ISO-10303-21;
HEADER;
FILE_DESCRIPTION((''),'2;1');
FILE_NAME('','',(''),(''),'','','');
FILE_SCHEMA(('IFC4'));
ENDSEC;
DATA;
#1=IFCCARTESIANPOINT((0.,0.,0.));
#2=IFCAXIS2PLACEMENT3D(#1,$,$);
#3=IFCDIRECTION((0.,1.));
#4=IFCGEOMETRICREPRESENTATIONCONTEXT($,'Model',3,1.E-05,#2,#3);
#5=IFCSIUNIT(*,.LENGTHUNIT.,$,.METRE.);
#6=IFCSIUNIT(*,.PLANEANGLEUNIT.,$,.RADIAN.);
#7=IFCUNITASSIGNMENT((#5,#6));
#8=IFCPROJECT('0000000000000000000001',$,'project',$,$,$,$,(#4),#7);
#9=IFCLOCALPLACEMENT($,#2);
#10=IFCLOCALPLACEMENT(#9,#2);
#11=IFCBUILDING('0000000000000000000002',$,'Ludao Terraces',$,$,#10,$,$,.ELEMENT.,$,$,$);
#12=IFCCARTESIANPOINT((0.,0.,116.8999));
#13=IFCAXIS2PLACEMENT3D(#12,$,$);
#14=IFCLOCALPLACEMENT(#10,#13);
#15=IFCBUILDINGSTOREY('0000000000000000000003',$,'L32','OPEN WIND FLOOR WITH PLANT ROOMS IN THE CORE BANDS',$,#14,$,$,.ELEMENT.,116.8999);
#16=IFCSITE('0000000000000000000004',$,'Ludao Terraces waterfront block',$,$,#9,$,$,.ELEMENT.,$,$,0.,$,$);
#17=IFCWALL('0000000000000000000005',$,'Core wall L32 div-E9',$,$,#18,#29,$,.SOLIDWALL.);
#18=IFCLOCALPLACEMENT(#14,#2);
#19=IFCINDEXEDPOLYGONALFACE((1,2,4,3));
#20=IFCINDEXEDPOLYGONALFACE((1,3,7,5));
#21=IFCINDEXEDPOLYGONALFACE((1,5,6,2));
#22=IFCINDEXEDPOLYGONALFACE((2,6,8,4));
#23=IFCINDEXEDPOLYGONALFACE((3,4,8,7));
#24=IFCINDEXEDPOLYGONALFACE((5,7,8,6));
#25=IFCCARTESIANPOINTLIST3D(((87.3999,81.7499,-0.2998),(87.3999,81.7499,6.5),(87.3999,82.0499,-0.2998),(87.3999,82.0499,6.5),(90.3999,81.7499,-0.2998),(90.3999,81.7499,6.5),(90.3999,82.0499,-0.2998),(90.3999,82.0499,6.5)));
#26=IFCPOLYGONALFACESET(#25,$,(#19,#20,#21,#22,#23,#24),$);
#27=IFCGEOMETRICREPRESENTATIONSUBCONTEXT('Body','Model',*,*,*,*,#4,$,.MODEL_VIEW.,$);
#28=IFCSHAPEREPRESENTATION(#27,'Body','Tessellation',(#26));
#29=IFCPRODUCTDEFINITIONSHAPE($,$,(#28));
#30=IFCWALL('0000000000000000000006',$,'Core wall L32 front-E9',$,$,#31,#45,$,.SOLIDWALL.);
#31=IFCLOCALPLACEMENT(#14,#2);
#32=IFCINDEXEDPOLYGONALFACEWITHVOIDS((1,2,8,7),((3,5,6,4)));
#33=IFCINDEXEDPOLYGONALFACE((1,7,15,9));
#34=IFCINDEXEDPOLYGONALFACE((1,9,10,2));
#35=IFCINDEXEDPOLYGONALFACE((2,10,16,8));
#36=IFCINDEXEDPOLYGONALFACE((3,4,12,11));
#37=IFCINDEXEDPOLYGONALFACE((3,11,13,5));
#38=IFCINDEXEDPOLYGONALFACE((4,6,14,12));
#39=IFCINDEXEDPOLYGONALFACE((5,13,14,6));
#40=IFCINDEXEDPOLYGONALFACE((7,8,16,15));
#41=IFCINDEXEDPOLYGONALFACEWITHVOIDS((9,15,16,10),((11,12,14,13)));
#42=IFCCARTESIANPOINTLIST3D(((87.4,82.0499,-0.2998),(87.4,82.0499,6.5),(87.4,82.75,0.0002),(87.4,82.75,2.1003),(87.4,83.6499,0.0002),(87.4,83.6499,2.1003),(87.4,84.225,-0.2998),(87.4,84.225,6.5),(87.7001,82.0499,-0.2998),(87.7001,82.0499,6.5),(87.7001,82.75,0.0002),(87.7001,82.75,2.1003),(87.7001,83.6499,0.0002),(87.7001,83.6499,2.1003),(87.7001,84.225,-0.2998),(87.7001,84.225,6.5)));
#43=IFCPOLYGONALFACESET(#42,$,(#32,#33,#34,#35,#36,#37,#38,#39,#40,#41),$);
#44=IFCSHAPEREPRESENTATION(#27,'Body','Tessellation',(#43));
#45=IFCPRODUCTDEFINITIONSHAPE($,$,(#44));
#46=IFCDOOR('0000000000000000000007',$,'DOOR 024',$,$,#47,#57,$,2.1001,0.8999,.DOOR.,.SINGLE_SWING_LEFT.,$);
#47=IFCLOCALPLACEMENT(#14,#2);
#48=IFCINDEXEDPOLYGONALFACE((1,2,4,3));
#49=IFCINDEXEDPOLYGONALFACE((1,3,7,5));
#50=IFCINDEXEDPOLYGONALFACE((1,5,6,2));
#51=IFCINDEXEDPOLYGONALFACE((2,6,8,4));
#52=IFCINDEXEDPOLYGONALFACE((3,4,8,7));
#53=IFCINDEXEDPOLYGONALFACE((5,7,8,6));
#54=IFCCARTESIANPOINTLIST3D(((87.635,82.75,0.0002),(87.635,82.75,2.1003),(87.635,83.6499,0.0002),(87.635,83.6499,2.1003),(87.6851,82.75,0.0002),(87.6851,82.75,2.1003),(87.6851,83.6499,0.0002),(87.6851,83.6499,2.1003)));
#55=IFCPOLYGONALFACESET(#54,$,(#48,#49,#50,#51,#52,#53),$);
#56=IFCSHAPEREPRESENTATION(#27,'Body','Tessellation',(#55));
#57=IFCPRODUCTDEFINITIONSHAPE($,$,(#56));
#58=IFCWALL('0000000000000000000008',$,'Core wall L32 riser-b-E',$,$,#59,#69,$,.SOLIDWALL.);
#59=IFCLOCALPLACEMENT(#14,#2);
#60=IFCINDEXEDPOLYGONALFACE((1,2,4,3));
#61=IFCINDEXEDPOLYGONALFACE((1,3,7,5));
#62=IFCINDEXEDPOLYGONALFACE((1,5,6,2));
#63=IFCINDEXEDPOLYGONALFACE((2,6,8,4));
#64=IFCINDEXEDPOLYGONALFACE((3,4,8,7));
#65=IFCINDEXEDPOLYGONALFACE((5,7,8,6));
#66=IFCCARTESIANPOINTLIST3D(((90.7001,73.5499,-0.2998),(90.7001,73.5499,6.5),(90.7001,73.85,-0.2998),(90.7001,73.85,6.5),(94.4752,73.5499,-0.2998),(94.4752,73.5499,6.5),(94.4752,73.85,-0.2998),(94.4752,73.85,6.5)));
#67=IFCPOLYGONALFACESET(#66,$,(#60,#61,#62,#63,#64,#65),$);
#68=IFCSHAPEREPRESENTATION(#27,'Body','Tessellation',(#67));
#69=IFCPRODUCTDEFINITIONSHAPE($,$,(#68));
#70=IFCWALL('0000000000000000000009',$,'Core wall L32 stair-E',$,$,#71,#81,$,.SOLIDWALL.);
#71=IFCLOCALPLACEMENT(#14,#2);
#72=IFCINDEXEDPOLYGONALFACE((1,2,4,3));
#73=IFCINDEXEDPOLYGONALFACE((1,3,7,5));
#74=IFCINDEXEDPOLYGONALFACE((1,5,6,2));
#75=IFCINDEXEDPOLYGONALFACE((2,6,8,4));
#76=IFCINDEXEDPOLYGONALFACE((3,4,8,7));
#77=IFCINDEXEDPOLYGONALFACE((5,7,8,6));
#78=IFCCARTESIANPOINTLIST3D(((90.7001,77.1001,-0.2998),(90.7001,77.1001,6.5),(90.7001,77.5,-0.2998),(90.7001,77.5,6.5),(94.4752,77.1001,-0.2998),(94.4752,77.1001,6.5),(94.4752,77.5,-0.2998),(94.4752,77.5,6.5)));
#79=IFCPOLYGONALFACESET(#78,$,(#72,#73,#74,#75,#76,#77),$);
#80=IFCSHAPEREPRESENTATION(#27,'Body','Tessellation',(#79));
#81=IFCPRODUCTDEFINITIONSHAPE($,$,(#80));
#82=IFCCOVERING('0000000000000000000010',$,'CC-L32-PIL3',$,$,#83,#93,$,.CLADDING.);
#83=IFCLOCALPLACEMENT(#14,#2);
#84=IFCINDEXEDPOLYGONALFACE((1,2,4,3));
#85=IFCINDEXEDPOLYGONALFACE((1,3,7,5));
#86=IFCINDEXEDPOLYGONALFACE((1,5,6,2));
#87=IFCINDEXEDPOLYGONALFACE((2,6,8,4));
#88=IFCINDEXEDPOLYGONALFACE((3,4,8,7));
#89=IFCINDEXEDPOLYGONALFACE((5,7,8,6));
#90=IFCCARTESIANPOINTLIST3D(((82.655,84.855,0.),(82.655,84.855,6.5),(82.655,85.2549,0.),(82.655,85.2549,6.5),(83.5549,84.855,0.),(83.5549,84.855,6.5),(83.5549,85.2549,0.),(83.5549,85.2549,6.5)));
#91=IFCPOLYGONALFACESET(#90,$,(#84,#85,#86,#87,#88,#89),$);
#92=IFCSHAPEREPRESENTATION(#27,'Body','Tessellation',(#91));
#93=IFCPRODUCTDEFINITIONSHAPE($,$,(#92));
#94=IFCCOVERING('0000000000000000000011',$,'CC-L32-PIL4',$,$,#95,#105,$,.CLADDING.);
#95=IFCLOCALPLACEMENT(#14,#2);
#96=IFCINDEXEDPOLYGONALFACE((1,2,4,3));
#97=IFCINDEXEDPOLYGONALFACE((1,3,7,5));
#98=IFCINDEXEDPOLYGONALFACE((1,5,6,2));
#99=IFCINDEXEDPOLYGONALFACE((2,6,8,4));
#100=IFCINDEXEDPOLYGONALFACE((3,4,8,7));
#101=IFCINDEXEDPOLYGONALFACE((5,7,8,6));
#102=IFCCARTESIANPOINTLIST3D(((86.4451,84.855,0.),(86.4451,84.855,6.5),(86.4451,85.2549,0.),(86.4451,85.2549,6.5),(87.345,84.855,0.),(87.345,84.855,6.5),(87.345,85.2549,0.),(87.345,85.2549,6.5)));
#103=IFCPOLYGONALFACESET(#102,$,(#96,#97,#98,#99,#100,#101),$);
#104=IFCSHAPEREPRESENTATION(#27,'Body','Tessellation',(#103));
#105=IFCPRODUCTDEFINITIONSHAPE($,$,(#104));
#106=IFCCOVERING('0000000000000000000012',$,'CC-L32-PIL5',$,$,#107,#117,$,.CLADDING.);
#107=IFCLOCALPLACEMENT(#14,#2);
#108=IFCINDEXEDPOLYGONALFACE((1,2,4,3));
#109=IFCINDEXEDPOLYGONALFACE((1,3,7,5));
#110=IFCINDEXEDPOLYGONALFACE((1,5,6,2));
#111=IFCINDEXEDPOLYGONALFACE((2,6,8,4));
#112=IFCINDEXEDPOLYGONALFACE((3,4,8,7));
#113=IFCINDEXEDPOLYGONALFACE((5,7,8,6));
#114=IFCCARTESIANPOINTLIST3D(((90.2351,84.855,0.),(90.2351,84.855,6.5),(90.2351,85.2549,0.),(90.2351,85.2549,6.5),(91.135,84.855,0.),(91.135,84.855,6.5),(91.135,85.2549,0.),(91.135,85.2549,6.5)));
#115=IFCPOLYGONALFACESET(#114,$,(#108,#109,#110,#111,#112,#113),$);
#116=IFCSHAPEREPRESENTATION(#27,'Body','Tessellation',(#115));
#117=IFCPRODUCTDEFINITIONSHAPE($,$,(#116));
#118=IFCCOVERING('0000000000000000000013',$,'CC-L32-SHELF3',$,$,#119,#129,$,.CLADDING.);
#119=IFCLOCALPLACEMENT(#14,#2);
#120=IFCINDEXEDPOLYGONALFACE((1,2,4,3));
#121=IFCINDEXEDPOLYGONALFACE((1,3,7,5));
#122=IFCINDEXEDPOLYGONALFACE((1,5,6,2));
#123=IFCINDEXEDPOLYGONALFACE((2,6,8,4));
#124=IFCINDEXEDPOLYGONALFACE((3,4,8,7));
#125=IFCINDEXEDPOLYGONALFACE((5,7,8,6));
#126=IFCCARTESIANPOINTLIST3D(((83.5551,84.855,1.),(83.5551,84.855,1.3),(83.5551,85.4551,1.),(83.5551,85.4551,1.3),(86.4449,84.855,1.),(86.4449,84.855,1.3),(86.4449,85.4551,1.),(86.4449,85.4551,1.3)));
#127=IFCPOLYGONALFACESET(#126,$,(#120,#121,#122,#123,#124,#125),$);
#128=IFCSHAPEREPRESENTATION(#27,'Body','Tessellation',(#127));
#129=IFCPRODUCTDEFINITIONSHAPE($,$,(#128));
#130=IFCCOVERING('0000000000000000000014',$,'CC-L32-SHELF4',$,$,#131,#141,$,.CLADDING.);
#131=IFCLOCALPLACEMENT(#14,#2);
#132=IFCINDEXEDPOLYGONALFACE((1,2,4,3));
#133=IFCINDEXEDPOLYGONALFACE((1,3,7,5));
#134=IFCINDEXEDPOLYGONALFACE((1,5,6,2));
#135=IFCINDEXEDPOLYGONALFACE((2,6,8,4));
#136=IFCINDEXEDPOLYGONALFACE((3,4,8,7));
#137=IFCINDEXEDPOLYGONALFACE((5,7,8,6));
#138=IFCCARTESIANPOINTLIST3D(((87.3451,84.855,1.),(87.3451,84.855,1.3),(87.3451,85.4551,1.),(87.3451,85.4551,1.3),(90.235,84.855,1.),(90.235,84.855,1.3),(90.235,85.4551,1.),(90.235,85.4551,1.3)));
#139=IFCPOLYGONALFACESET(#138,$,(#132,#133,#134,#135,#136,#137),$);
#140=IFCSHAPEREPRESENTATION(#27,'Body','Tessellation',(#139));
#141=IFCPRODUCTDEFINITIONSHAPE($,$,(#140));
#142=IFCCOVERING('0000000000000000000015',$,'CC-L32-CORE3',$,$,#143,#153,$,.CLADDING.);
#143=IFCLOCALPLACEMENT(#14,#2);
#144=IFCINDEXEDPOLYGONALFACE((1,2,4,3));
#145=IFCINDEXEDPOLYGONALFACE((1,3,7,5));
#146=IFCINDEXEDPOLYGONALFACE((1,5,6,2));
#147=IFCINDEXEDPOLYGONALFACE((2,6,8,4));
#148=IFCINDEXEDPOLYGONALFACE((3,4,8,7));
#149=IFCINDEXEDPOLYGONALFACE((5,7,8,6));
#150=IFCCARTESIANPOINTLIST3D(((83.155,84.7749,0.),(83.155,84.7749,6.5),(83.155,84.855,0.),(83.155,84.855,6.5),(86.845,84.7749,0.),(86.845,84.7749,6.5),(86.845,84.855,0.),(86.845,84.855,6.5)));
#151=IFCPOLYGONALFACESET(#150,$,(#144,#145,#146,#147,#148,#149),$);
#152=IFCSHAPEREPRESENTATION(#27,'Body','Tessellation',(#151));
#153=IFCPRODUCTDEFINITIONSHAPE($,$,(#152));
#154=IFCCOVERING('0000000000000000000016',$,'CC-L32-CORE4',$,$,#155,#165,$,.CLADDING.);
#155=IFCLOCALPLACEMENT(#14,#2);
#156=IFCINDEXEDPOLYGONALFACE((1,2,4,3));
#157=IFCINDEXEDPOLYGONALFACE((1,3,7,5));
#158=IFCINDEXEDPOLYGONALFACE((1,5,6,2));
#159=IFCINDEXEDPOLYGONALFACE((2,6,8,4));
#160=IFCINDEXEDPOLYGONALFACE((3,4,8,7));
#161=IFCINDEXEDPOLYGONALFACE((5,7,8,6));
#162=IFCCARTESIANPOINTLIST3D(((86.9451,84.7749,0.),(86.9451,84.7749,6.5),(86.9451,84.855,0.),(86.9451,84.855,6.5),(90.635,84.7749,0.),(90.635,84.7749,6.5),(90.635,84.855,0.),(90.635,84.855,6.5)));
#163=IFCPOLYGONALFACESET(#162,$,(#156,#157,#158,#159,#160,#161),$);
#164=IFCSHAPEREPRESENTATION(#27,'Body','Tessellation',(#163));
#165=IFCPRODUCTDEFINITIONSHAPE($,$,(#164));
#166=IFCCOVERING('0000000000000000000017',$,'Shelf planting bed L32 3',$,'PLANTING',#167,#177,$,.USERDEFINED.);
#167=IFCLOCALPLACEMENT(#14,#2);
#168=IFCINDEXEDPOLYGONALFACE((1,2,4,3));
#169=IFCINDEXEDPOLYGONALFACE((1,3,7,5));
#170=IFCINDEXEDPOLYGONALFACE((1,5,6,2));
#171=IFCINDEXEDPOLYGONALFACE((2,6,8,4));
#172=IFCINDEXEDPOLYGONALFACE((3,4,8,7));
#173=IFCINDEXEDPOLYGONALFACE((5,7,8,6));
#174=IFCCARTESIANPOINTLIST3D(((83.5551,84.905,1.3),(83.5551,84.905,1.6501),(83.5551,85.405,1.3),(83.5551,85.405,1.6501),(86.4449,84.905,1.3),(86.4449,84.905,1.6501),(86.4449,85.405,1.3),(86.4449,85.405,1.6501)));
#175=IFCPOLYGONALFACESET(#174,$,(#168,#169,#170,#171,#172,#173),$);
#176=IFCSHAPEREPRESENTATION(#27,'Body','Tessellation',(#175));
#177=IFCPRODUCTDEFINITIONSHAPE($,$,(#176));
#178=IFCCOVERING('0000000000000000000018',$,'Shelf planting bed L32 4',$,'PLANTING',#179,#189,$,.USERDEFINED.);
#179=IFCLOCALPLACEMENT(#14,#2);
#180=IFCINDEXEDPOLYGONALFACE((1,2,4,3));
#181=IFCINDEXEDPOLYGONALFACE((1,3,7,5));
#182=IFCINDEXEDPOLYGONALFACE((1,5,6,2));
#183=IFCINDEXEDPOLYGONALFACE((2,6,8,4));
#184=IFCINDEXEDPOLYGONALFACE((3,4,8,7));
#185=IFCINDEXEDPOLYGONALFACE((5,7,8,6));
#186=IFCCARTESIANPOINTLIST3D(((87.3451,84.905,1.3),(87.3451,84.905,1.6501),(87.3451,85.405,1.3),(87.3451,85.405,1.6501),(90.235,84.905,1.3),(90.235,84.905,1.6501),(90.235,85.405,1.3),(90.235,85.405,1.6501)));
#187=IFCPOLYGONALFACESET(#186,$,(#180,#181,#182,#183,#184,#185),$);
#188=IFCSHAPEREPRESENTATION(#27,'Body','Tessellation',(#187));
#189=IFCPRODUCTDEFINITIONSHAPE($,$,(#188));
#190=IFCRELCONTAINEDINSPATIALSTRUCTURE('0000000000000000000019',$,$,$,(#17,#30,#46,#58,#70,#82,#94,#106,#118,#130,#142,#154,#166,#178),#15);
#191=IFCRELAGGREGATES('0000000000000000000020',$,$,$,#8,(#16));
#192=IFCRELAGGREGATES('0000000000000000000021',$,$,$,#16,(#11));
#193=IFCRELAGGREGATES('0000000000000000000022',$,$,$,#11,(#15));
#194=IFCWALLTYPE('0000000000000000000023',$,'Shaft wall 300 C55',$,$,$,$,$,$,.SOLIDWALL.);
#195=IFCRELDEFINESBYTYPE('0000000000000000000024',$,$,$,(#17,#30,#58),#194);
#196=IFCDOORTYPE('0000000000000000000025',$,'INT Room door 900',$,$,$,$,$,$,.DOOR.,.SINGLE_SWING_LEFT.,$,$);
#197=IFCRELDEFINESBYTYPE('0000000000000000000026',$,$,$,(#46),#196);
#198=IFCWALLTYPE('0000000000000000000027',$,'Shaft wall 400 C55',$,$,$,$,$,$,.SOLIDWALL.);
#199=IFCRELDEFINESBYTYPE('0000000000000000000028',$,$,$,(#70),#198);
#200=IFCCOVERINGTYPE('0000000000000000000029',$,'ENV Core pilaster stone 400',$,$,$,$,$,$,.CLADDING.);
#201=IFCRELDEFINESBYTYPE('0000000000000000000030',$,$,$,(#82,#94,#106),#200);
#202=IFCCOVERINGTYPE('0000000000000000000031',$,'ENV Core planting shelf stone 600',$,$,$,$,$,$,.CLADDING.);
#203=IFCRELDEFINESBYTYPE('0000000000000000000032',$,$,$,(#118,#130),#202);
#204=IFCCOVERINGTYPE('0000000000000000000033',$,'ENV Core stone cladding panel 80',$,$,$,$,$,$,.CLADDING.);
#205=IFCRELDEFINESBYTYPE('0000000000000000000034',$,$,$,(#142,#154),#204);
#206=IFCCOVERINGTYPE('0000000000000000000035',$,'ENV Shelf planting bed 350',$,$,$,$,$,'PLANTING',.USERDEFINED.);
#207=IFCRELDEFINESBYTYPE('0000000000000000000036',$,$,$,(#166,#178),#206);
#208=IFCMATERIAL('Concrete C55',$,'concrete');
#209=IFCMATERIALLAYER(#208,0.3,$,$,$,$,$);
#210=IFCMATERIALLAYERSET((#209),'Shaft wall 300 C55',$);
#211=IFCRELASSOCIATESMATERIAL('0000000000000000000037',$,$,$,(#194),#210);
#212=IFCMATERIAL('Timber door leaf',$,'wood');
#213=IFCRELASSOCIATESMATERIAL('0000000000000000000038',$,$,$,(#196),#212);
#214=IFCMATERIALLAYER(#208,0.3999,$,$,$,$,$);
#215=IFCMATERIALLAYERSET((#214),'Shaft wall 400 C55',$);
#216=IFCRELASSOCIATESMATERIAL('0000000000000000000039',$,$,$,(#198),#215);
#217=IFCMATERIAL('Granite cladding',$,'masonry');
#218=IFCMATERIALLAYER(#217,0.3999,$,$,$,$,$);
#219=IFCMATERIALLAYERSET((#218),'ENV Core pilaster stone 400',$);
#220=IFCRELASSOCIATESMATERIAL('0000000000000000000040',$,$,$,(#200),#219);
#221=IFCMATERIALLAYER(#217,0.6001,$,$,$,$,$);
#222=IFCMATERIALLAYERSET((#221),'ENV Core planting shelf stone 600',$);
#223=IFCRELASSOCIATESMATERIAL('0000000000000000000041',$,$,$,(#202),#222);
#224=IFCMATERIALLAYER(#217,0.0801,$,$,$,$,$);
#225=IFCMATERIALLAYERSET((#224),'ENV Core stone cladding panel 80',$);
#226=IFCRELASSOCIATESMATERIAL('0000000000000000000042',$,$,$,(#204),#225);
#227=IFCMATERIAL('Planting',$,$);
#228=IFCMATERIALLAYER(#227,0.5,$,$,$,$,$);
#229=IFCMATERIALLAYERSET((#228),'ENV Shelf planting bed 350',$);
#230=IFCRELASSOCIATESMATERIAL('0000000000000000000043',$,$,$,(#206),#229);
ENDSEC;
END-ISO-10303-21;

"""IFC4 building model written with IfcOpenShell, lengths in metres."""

from ifc_helpers import new_model, si_unit, direction, frame, frame_2d, origin, origin_2d, place, context, subcontext, project, spatial, rectangle, extrude, material, layer, layer_set, type_object, element, fill, save


model = new_model("IFC4")

# Units and contexts
model_context = context("Model", 3, precision=1e-05, world=origin(), true_north=direction((0.0, 1.0)))
body_context = subcontext(model_context, "Body", "Model", "MODEL_VIEW")
ifc_project = project(units=[si_unit("LENGTHUNIT", "METRE"), si_unit("PLANEANGLEUNIT", "RADIAN")], contexts=[model_context])

# Site, building, storey
site_placement = place(None, origin())
site = spatial("IfcSite", under=ifc_project, at=site_placement, Name="Ludao Terraces waterfront block", CompositionType="ELEMENT", RefElevation=0.0)
building_placement = place(site_placement, origin())
building = spatial("IfcBuilding", under=site, at=building_placement, Name="Ludao Terraces", CompositionType="ELEMENT")
storey_placement = place(building_placement, frame((0.0, 0.0, 116.8999)))
storey = spatial("IfcBuildingStorey", under=building, at=storey_placement, Name="L32", Description="OPEN WIND FLOOR WITH PLANT ROOMS IN THE CORE BANDS", CompositionType="ELEMENT", Elevation=116.8999)

# Shared definitions
ifc_material_1 = material(Name="Concrete C55", Category="concrete")
ifc_layer_1 = layer(ifc_material_1, 0.3)
ifc_layer_set_1 = layer_set([ifc_layer_1], Name="Shaft wall 300 C55")
wall_type_1 = type_object("IfcWallType", Name="Shaft wall 300 C55", PredefinedType="SOLIDWALL", material=ifc_layer_set_1)

# Shared definitions
ifc_material_2 = material(Name="Timber door leaf", Category="wood")
door_type = type_object("IfcDoorType", Name="INT Room door 900", OperationType="SINGLE_SWING_LEFT", PredefinedType="DOOR", material=ifc_material_2)

# Wall
wall_1_placement = place(storey_placement, frame((87.3999, 81.8999, -0.2998), z_axis=(0.0, 0.0, 1.0), x_axis=(1.0, 0.0, 0.0)))
element("IfcWall", 1, at=wall_1_placement, inside=storey, type_object=wall_type_1, Name="Core wall L32 div-E9", PredefinedType="SOLIDWALL", context=body_context, shape_type="SweptSolid", body=[
    extrude(rectangle(XDim=3.0, YDim=0.3, at=frame_2d((1.5, 0.0))), origin(), (0.0, 0.0, 1.0), 6.7998),
])

# Wall, opening, door
wall_2_placement = place(storey_placement, frame((87.55, 82.05, -0.2998), z_axis=(0.0, 0.0, 1.0), x_axis=(0.0, 1.0, 0.0)))
wall_2 = element("IfcWall", 2, at=wall_2_placement, inside=storey, type_object=wall_type_1, Name="Core wall L32 front-E9", PredefinedType="SOLIDWALL", context=body_context, shape_type="SweptSolid", body=[
    extrude(rectangle(XDim=2.175, YDim=0.3, at=frame_2d((1.0874, 0.0))), origin(), (0.0, 0.0, 1.0), 6.7998),
])
opening_1_placement = place(wall_2_placement, frame((0.7, 0.0, 0.3)))
opening_1 = element("IfcOpeningElement", 3, at=opening_1_placement, cuts=wall_2, PredefinedType="OPENING", context=body_context, shape_type="SweptSolid", body=[
    extrude(rectangle(XDim=0.8999, YDim=2.1001, at=frame_2d((0.45, 1.05))), frame((0.0, 0.1602, 0.0), z_axis=(0.0, -1.0, 0.0), x_axis=(1.0, 0.0, 0.0)), (0.0, 0.0, 1.0), 0.3201),
])
door_1_placement = place(opening_1_placement, origin())
door_1 = element("IfcDoor", 4, at=door_1_placement, inside=storey, type_object=door_type, Name="DOOR 024", OperationType="SINGLE_SWING_LEFT", OverallHeight=2.1001, OverallWidth=0.8999, PredefinedType="DOOR", context=body_context, shape_type="SweptSolid", body=[
    extrude(rectangle(XDim=0.8999, YDim=2.1001, at=frame_2d((0.45, 1.05))), frame((0.0, -0.085, 0.0), z_axis=(0.0, -1.0, 0.0), x_axis=(1.0, 0.0, 0.0)), (0.0, 0.0, 1.0), 0.05),
])
fill(opening_1, door_1)

# Walls
wall_3_placement = place(storey_placement, frame((90.7, 73.7, -0.2998), z_axis=(0.0, 0.0, 1.0), x_axis=(1.0, 0.0, 0.0)))
element("IfcWall", 5, at=wall_3_placement, inside=storey, type_object=wall_type_1, Name="Core wall L32 riser-b-E", PredefinedType="SOLIDWALL", context=body_context, shape_type="SweptSolid", body=[
    extrude(rectangle(XDim=3.7751, YDim=0.3, at=frame_2d((1.8877, 0.0))), origin(), (0.0, 0.0, 1.0), 6.7998),
])
ifc_layer_2 = layer(ifc_material_1, 0.3999)
ifc_layer_set_2 = layer_set([ifc_layer_2], Name="Shaft wall 400 C55")
wall_type_2 = type_object("IfcWallType", Name="Shaft wall 400 C55", PredefinedType="SOLIDWALL", material=ifc_layer_set_2)
wall_4_placement = place(storey_placement, frame((90.7, 77.3, -0.2998), z_axis=(0.0, 0.0, 1.0), x_axis=(1.0, 0.0, 0.0)))
element("IfcWall", 6, at=wall_4_placement, inside=storey, type_object=wall_type_2, Name="Core wall L32 stair-E", PredefinedType="SOLIDWALL", context=body_context, shape_type="SweptSolid", body=[
    extrude(rectangle(XDim=3.7751, YDim=0.3999, at=frame_2d((1.8877, 0.0))), origin(), (0.0, 0.0, 1.0), 6.7998),
])

# Coverings
ifc_material_3 = material(Name="Granite cladding", Category="masonry")
ifc_layer_3 = layer(ifc_material_3, 0.3999)
ifc_layer_set_3 = layer_set([ifc_layer_3], Name="ENV Core pilaster stone 400")
covering_type_1 = type_object("IfcCoveringType", Name="ENV Core pilaster stone 400", PredefinedType="CLADDING", material=ifc_layer_set_3)
for number, where, z_axis, x_axis, name in (
    (7, (83.105, 85.0549, 0.0), (0.0, 0.0, 1.0), (1.0, 0.0, 0.0), "CC-L32-PIL3"),
    (8, (86.895, 85.0549, 0.0), (0.0, 0.0, 1.0), (1.0, 0.0, 0.0), "CC-L32-PIL4"),
    (9, (90.6851, 85.0549, 0.0), (0.0, 0.0, 1.0), (1.0, 0.0, 0.0), "CC-L32-PIL5"),
):
    element("IfcCovering", number, at=place(storey_placement, frame(where, z_axis=z_axis, x_axis=x_axis)), inside=storey, type_object=covering_type_1, Name=name, PredefinedType="CLADDING", context=body_context, shape_type="SweptSolid", body=[
        extrude(rectangle(XDim=0.8999, YDim=0.3999, at=origin_2d()), origin(), (0.0, 0.0, 1.0), 6.5),
    ])
ifc_layer_4 = layer(ifc_material_3, 0.6001)
ifc_layer_set_4 = layer_set([ifc_layer_4], Name="ENV Core planting shelf stone 600")
covering_type_2 = type_object("IfcCoveringType", Name="ENV Core planting shelf stone 600", PredefinedType="CLADDING", material=ifc_layer_set_4)
for number, where, z_axis, x_axis, name in (
    (10, (85.0, 85.155, 1.0), (0.0, 0.0, 1.0), (1.0, 0.0, 0.0), "CC-L32-SHELF3"),
    (11, (88.79, 85.155, 1.0), (0.0, 0.0, 1.0), (1.0, 0.0, 0.0), "CC-L32-SHELF4"),
):
    element("IfcCovering", number, at=place(storey_placement, frame(where, z_axis=z_axis, x_axis=x_axis)), inside=storey, type_object=covering_type_2, Name=name, PredefinedType="CLADDING", context=body_context, shape_type="SweptSolid", body=[
        extrude(rectangle(XDim=2.8899, YDim=0.6001, at=origin_2d()), origin(), (0.0, 0.0, 1.0), 0.3),
    ])
ifc_layer_5 = layer(ifc_material_3, 0.0801)
ifc_layer_set_5 = layer_set([ifc_layer_5], Name="ENV Core stone cladding panel 80")
covering_type_3 = type_object("IfcCoveringType", Name="ENV Core stone cladding panel 80", PredefinedType="CLADDING", material=ifc_layer_set_5)
for number, where, z_axis, x_axis, name in (
    (12, (85.0, 84.8149, 0.0), (0.0, 0.0, 1.0), (1.0, 0.0, 0.0), "CC-L32-CORE3"),
    (13, (88.79, 84.8149, 0.0), (0.0, 0.0, 1.0), (1.0, 0.0, 0.0), "CC-L32-CORE4"),
):
    element("IfcCovering", number, at=place(storey_placement, frame(where, z_axis=z_axis, x_axis=x_axis)), inside=storey, type_object=covering_type_3, Name=name, PredefinedType="CLADDING", context=body_context, shape_type="SweptSolid", body=[
        extrude(rectangle(XDim=3.6899, YDim=0.0801, at=origin_2d()), origin(), (0.0, 0.0, 1.0), 6.5),
    ])
ifc_material_4 = material(Name="Planting")
ifc_layer_6 = layer(ifc_material_4, 0.5)
ifc_layer_set_6 = layer_set([ifc_layer_6], Name="ENV Shelf planting bed 350")
covering_type_4 = type_object("IfcCoveringType", Name="ENV Shelf planting bed 350", ElementType="PLANTING", PredefinedType="USERDEFINED", material=ifc_layer_set_6)
for number, where, z_axis, x_axis, name in (
    (14, (85.0, 85.155, 1.3), (0.0, 0.0, 1.0), (1.0, 0.0, 0.0), "Shelf planting bed L32 3"),
    (15, (88.79, 85.155, 1.3), (0.0, 0.0, 1.0), (1.0, 0.0, 0.0), "Shelf planting bed L32 4"),
):
    element("IfcCovering", number, at=place(storey_placement, frame(where, z_axis=z_axis, x_axis=x_axis)), inside=storey, type_object=covering_type_4, Name=name, ObjectType="PLANTING", PredefinedType="USERDEFINED", context=body_context, shape_type="SweptSolid", body=[
        extrude(rectangle(XDim=2.8899, YDim=0.5, at=origin_2d()), origin(), (0.0, 0.0, 1.0), 0.3501),
    ])

save(model, "model.ifc")
